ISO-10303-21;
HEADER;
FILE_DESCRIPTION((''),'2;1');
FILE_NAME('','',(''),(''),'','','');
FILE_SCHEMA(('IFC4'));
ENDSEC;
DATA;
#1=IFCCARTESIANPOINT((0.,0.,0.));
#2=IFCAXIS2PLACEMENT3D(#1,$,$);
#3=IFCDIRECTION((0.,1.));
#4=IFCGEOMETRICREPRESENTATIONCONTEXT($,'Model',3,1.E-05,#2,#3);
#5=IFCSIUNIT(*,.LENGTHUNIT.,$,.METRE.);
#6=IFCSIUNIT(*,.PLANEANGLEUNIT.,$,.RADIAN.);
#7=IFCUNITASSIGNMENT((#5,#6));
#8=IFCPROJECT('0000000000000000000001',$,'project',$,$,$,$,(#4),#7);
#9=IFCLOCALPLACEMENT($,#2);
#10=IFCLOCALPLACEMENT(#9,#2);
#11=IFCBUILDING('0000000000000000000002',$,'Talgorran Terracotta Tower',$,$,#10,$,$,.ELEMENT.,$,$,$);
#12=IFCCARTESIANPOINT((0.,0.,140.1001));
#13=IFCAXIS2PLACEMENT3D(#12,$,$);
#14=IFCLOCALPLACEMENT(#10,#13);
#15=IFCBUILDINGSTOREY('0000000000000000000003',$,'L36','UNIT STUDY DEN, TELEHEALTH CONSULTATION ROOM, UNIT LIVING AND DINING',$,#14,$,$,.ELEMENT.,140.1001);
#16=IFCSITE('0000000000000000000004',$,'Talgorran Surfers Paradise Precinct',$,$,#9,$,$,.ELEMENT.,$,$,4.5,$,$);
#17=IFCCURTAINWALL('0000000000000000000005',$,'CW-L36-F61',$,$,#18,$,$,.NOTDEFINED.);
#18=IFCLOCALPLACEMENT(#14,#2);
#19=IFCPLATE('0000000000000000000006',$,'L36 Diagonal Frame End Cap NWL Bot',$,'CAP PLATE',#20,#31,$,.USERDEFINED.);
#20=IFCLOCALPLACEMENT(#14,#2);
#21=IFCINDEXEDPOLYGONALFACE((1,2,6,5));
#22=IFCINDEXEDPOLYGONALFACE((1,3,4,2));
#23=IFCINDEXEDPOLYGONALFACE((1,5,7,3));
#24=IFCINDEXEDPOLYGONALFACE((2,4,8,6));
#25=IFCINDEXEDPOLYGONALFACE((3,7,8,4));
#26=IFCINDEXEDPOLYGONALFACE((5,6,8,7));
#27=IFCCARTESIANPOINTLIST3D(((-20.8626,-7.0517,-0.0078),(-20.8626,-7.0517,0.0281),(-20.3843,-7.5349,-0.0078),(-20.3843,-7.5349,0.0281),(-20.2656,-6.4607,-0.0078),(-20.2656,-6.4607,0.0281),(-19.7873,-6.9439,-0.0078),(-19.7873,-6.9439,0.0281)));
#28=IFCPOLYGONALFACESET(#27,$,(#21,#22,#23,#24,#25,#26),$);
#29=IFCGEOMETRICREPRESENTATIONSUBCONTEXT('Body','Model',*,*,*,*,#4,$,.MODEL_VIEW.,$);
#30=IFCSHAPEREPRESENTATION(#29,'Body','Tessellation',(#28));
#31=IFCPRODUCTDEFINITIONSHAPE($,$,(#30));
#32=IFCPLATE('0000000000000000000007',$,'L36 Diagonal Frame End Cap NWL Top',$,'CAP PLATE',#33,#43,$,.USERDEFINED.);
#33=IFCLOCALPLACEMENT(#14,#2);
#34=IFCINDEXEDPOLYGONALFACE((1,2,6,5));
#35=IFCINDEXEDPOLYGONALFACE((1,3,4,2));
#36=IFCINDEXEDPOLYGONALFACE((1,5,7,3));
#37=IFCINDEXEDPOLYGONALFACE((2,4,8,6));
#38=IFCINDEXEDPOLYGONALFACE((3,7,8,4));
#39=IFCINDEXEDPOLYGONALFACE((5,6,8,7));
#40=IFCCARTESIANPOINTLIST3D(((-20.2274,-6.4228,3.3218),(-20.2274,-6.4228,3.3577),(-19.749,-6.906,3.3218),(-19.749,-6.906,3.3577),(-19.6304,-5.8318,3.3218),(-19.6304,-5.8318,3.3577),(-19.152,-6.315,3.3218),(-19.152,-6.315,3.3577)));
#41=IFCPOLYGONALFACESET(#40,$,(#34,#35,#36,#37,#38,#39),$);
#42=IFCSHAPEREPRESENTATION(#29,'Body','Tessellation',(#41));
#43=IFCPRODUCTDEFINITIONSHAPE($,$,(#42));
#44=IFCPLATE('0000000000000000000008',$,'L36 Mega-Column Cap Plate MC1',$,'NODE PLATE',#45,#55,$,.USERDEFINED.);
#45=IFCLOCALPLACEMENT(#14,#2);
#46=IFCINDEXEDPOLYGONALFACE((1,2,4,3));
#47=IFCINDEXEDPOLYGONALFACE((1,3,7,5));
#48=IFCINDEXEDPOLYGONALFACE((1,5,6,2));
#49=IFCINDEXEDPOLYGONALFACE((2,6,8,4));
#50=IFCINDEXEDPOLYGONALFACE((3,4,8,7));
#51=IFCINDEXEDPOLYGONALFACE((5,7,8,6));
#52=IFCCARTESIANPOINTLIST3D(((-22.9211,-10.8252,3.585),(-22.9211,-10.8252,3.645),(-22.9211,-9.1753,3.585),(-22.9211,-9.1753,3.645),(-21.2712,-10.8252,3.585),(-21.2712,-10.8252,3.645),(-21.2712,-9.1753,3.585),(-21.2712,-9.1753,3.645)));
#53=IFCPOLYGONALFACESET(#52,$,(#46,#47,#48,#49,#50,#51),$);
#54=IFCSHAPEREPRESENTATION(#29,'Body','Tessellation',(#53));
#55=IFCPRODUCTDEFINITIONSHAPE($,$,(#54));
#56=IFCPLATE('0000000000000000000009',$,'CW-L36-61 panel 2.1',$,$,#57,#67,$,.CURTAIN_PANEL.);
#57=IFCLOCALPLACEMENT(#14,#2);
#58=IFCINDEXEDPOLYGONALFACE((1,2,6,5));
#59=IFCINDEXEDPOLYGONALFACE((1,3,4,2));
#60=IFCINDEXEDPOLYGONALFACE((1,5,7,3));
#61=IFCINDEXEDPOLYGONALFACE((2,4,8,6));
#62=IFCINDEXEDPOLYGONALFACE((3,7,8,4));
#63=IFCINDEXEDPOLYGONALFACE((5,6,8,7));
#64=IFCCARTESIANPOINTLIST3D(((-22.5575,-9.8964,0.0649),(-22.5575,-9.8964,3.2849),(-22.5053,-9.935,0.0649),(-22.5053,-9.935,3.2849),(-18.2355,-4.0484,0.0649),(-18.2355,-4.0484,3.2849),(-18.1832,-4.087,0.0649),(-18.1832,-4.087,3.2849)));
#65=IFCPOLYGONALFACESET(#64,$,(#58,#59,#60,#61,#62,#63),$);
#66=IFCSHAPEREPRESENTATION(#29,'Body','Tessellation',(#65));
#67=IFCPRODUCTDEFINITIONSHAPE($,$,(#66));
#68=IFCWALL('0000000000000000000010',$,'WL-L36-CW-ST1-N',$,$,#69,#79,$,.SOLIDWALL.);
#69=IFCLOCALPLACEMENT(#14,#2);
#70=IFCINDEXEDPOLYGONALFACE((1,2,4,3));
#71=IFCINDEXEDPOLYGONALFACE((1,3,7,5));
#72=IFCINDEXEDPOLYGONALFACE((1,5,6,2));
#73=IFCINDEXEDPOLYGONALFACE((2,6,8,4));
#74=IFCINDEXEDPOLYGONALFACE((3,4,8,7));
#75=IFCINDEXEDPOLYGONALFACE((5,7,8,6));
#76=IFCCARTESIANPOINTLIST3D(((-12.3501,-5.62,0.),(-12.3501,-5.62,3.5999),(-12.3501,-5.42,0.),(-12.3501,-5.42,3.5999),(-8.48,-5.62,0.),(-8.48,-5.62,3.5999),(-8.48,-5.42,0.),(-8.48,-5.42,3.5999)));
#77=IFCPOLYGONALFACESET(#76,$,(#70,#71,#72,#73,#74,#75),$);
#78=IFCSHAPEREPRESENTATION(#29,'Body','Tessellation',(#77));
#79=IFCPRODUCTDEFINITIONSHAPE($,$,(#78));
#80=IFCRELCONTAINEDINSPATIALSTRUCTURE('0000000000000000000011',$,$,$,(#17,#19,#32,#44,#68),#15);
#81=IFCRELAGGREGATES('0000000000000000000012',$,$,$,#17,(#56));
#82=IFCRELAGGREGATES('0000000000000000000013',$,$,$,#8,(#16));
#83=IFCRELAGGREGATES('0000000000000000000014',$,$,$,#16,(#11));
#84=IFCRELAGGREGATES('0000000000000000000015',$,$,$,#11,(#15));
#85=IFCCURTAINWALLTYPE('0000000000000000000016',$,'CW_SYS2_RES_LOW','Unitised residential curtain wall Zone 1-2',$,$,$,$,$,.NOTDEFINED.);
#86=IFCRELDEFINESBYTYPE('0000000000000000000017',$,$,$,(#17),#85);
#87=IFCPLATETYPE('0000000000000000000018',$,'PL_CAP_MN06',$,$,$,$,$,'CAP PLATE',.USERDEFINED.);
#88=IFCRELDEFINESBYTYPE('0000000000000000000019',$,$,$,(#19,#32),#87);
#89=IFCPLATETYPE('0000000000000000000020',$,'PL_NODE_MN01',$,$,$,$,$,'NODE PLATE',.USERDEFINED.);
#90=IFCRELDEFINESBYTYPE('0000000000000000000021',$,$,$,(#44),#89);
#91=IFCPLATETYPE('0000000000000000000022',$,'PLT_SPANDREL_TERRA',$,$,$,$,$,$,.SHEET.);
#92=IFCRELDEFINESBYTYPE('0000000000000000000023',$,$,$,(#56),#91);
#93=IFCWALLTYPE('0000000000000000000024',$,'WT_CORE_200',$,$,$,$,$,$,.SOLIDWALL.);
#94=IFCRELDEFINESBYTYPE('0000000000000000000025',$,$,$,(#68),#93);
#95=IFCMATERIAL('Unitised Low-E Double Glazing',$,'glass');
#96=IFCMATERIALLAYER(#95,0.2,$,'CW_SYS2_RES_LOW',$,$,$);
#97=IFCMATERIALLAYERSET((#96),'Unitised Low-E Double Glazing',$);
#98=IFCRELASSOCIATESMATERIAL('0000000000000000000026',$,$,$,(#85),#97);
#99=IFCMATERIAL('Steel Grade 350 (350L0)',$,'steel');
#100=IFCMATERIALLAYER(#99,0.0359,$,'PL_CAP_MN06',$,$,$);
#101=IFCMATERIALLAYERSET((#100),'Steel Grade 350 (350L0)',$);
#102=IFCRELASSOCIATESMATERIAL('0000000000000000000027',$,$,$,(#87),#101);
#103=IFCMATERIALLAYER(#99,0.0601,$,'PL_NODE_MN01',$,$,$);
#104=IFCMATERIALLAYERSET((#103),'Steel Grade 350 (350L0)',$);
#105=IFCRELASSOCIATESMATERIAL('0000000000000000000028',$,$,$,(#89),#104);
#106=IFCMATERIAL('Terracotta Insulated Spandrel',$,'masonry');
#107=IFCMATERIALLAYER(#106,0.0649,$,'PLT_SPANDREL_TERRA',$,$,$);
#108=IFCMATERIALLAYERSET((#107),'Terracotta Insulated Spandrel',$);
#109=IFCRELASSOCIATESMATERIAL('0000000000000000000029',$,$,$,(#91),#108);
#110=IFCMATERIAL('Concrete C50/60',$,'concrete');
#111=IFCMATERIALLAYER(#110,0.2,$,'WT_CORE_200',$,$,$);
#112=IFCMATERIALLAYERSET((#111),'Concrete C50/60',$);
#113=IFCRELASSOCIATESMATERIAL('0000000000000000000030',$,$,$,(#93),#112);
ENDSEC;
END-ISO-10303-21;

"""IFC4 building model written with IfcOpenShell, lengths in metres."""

from ifc_helpers import new_model, si_unit, direction, frame, frame_2d, origin, origin_2d, place, context, subcontext, project, spatial, rectangle, extrude, source, transform, mapped, material, layer, layer_set, type_object, type_shapes, element, aggregate, save


model = new_model("IFC4")

# Units and contexts
model_context = context("Model", 3, precision=1e-05, world=origin(), true_north=direction((0.0, 1.0)))
body_context = subcontext(model_context, "Body", "Model", "MODEL_VIEW")
ifc_project = project(units=[si_unit("LENGTHUNIT", "METRE"), si_unit("PLANEANGLEUNIT", "RADIAN")], contexts=[model_context])

# Site, building, storey
site_placement = place(None, origin())
site = spatial("IfcSite", under=ifc_project, at=site_placement, Name="Talgorran Surfers Paradise Precinct", CompositionType="ELEMENT", RefElevation=4.5)
building_placement = place(site_placement, origin())
building = spatial("IfcBuilding", under=site, at=building_placement, Name="Talgorran Terracotta Tower", CompositionType="ELEMENT")
storey_placement = place(building_placement, frame((0.0, 0.0, 140.1001)))
storey = spatial("IfcBuildingStorey", under=building, at=storey_placement, Name="L36", Description="UNIT STUDY DEN, TELEHEALTH CONSULTATION ROOM, UNIT LIVING AND DINING", CompositionType="ELEMENT", Elevation=140.1001)

# Shared definitions
ifc_material_1 = material(Name="Steel Grade 350 (350L0)", Category="steel")

# Curtain wall
ifc_material_2 = material(Name="Unitised Low-E Double Glazing", Category="glass")
ifc_layer_1 = layer(ifc_material_2, 0.2, Name="CW_SYS2_RES_LOW")
ifc_layer_set_1 = layer_set([ifc_layer_1], Name="Unitised Low-E Double Glazing")
curtain_wall_type = type_object("IfcCurtainWallType", Name="CW_SYS2_RES_LOW", Description="Unitised residential curtain wall Zone 1-2", PredefinedType="NOTDEFINED", material=ifc_layer_set_1)
curtain_wall_1_placement = place(storey_placement, origin())
curtain_wall_1 = element("IfcCurtainWall", 1, at=curtain_wall_1_placement, inside=storey, type_object=curtain_wall_type, Name="CW-L36-F61", PredefinedType="NOTDEFINED")

# Plates
ifc_layer_2 = layer(ifc_material_1, 0.0359, Name="PL_CAP_MN06")
ifc_layer_set_2 = layer_set([ifc_layer_2], Name="Steel Grade 350 (350L0)")
plate_type_1 = type_object("IfcPlateType", Name="PL_CAP_MN06", ElementType="CAP PLATE", PredefinedType="USERDEFINED", material=ifc_layer_set_2)
for number, where, z_axis, x_axis, name in (
    (2, (-20.325, -6.9978, -0.0078), (0.0, 0.0, 1.0), (0.710677, 0.703519, 0.0), "L36 Diagonal Frame End Cap NWL Bot"),
    (3, (-19.6897, -6.3689, 3.3218), (0.0, 0.0, 1.0), (0.710677, 0.703519, 0.0), "L36 Diagonal Frame End Cap NWL Top"),
):
    element("IfcPlate", number, at=place(storey_placement, frame(where, z_axis=z_axis, x_axis=x_axis)), inside=storey, type_object=plate_type_1, Name=name, ObjectType="CAP PLATE", PredefinedType="USERDEFINED", context=body_context, shape_type="SweptSolid", body=[
        extrude(rectangle(XDim=0.8401, YDim=0.6799, at=origin_2d()), origin(), (0.0, 0.0, 1.0), 0.0359),
    ])
ifc_layer_3 = layer(ifc_material_1, 0.0601, Name="PL_NODE_MN01")
ifc_layer_set_3 = layer_set([ifc_layer_3], Name="Steel Grade 350 (350L0)")
plate_type_2 = type_object("IfcPlateType", Name="PL_NODE_MN01", ElementType="NODE PLATE", PredefinedType="USERDEFINED", material=ifc_layer_set_3)
plate_1_placement = place(storey_placement, frame((-22.0962, -10.0002, 3.585), z_axis=(0.0, 0.0, 1.0), x_axis=(1.0, 0.0, 0.0)))
element("IfcPlate", 4, at=plate_1_placement, inside=storey, type_object=plate_type_2, Name="L36 Mega-Column Cap Plate MC1", ObjectType="NODE PLATE", PredefinedType="USERDEFINED", context=body_context, shape_type="SweptSolid", body=[
    extrude(rectangle(XDim=1.6499, YDim=1.6499, at=origin_2d()), origin(), (0.0, 0.0, 1.0), 0.0601),
])

# Plate
ifc_material_3 = material(Name="Terracotta Insulated Spandrel", Category="masonry")
ifc_layer_4 = layer(ifc_material_3, 0.0649, Name="PLT_SPANDREL_TERRA")
ifc_layer_set_4 = layer_set([ifc_layer_4], Name="Terracotta Insulated Spandrel")
plate_type_3 = type_object("IfcPlateType", Name="PLT_SPANDREL_TERRA", PredefinedType="SHEET", material=ifc_layer_set_4)
shared_shape = source(origin(), body_context, "Body", "SweptSolid", [
    extrude(rectangle(XDim=7.2717, YDim=0.0649, at=origin_2d()), origin(), (0.0, 0.0, 1.0), 3.22),
])
type_shapes(plate_type_3, [shared_shape])
plate_2_placement = place(storey_placement, frame((-20.3704, -6.9917, 0.0649), z_axis=(0.0, 0.0, 1.0), x_axis=(-0.59436, -0.804199, 0.0)))
plate_2 = element("IfcPlate", 5, at=plate_2_placement, type_object=plate_type_3, Name="CW-L36-61 panel 2.1", PredefinedType="CURTAIN_PANEL", context=body_context, shape_type="MappedRepresentation", body=[
    mapped(shared_shape, transform((0.0, 0.0, 0.0), scale=1.0)),
])
aggregate(curtain_wall_1, [plate_2])

# Wall
ifc_material_4 = material(Name="Concrete C50/60", Category="concrete")
ifc_layer_5 = layer(ifc_material_4, 0.2, Name="WT_CORE_200")
ifc_layer_set_5 = layer_set([ifc_layer_5], Name="Concrete C50/60")
wall_type_1 = type_object("IfcWallType", Name="WT_CORE_200", PredefinedType="SOLIDWALL", material=ifc_layer_set_5)
wall_1_placement = place(storey_placement, frame((-12.3501, -5.52, 0.0), z_axis=(0.0, 0.0, 1.0), x_axis=(1.0, 0.0, 0.0)))
element("IfcWall", 6, at=wall_1_placement, inside=storey, type_object=wall_type_1, Name="WL-L36-CW-ST1-N", PredefinedType="SOLIDWALL", context=body_context, shape_type="SweptSolid", body=[
    extrude(rectangle(XDim=3.8701, YDim=0.2, at=frame_2d((1.9351, 0.0))), origin(), (0.0, 0.0, 1.0), 3.5999),
])

save(model, "model.ifc")
